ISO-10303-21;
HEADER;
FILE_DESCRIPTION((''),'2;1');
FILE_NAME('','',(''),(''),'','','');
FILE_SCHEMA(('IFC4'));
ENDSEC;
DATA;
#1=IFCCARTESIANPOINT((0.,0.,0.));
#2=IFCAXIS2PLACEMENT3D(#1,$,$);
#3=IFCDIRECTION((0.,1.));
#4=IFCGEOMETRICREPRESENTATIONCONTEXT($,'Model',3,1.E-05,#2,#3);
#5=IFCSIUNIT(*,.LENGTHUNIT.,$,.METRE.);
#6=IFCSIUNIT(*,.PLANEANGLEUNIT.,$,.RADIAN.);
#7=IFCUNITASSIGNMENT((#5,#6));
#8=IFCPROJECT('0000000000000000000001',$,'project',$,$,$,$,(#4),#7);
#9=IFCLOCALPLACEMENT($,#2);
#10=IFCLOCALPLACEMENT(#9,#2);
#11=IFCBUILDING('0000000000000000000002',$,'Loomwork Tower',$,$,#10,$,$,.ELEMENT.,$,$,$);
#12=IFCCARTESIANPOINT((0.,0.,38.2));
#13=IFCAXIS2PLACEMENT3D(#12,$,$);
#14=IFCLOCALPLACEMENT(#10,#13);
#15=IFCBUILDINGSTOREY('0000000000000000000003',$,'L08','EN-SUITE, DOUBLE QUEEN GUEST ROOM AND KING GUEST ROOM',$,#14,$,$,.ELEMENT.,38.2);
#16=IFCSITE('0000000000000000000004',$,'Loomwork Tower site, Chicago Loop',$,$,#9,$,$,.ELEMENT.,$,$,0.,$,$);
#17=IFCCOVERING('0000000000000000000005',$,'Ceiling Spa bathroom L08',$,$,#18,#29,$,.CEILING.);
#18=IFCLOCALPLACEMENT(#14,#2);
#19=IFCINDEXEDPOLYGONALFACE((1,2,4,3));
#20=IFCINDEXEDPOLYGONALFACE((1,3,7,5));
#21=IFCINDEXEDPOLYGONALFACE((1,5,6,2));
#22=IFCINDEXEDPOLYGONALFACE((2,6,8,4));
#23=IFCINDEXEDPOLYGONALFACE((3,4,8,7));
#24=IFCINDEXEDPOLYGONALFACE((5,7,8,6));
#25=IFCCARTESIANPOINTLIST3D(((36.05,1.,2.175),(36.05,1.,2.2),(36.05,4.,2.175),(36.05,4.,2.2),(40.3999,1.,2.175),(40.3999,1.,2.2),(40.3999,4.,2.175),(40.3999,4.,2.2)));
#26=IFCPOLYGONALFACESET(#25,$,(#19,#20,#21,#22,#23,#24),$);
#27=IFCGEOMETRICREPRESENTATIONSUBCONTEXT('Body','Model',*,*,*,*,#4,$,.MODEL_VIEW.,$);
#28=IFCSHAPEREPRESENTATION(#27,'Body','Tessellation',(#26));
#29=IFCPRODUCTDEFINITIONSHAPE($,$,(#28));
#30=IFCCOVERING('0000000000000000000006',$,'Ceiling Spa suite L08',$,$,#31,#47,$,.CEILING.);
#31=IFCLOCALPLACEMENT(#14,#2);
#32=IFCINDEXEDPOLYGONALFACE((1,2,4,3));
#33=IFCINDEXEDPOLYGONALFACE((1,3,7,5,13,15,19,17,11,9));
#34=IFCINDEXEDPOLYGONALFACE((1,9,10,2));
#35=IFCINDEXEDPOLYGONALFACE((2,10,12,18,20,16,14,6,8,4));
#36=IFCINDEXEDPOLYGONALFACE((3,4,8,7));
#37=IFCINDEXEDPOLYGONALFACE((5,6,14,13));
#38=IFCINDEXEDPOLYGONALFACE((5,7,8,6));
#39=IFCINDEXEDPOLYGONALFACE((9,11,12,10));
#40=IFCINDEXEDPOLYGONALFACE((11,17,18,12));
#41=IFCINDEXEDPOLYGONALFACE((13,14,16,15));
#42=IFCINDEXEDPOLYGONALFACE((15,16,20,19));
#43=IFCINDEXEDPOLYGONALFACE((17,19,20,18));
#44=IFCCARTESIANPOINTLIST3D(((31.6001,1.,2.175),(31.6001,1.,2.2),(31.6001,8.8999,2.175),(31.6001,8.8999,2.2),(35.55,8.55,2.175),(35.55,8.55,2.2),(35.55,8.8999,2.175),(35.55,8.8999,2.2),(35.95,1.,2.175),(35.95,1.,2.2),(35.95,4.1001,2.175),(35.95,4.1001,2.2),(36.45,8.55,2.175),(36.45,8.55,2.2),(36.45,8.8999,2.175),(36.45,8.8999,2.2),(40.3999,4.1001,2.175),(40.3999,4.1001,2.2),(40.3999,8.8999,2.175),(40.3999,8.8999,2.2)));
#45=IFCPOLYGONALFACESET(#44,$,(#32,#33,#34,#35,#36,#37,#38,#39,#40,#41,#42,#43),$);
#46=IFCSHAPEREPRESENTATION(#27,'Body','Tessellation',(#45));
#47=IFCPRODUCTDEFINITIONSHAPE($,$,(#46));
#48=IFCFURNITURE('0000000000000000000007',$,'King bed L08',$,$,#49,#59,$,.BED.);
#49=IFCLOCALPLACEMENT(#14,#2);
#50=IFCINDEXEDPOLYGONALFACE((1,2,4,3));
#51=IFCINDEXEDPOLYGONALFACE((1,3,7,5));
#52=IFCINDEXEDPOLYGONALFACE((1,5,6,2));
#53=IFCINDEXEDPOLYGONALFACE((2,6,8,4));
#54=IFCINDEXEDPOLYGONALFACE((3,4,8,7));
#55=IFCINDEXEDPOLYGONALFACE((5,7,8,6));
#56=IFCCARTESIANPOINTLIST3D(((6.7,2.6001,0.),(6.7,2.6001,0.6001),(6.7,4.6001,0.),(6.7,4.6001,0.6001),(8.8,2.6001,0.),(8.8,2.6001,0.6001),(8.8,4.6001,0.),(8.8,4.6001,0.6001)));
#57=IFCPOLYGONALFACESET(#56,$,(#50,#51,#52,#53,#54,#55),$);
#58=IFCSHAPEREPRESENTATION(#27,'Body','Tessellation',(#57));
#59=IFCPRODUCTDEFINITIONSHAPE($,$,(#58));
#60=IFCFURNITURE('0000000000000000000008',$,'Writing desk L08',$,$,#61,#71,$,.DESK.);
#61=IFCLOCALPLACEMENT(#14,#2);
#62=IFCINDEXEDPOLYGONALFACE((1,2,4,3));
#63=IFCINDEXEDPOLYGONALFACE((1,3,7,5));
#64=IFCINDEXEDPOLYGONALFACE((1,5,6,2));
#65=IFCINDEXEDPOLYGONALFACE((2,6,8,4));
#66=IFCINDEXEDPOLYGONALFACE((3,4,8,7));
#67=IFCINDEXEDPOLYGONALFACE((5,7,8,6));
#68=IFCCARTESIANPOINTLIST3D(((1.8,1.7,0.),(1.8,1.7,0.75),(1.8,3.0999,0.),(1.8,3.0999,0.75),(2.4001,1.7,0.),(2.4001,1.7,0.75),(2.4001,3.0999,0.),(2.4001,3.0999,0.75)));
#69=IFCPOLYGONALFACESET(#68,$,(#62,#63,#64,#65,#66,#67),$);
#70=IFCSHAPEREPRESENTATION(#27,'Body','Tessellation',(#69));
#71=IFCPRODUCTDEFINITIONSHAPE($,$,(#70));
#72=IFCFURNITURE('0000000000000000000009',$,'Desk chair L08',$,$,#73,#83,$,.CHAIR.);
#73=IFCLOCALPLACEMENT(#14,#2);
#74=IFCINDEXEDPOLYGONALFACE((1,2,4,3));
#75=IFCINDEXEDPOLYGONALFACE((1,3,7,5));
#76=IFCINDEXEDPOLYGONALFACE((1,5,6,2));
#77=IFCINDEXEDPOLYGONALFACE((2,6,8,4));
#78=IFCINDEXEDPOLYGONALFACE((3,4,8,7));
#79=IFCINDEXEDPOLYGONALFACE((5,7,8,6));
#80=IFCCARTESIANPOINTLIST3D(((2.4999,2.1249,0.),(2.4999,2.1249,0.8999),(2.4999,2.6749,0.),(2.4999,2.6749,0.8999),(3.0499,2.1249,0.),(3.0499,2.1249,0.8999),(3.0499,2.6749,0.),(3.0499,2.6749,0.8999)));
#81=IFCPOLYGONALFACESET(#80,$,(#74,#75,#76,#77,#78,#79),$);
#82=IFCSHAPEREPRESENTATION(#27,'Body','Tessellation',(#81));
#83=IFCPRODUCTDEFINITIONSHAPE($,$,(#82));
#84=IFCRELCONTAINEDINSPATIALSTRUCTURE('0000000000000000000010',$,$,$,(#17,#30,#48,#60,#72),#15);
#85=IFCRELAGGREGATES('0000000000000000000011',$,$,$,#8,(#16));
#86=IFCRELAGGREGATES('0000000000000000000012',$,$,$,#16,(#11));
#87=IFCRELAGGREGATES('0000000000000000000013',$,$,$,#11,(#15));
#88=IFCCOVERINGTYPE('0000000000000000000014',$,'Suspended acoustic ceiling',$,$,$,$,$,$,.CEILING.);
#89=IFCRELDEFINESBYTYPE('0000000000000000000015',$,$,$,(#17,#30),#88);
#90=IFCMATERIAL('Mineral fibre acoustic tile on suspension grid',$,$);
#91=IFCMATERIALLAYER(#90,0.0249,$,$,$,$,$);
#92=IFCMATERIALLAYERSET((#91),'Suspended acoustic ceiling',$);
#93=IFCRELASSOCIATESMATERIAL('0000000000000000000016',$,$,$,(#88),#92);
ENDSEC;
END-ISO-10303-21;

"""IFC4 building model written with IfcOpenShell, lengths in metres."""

from ifc_helpers import new_model, si_unit, direction, frame, origin, origin_2d, place, context, subcontext, project, spatial, polyline, rectangle, outline, extrude, material, layer, layer_set, type_object, element, save


model = new_model("IFC4")

# Units and contexts
model_context = context("Model", 3, precision=1e-05, world=origin(), true_north=direction((0.0, 1.0)))
body_context = subcontext(model_context, "Body", "Model", "MODEL_VIEW")
ifc_project = project(units=[si_unit("LENGTHUNIT", "METRE"), si_unit("PLANEANGLEUNIT", "RADIAN")], contexts=[model_context])

# Site, building, storey
site_placement = place(None, origin())
site = spatial("IfcSite", under=ifc_project, at=site_placement, Name="Loomwork Tower site, Chicago Loop", CompositionType="ELEMENT", RefElevation=0.0)
building_placement = place(site_placement, origin())
building = spatial("IfcBuilding", under=site, at=building_placement, Name="Loomwork Tower", CompositionType="ELEMENT")
storey_placement = place(building_placement, frame((0.0, 0.0, 38.2)))
storey = spatial("IfcBuildingStorey", under=building, at=storey_placement, Name="L08", Description="EN-SUITE, DOUBLE QUEEN GUEST ROOM AND KING GUEST ROOM", CompositionType="ELEMENT", Elevation=38.2)

# Coverings
ifc_material_1 = material(Name="Mineral fibre acoustic tile on suspension grid")
ifc_layer_1 = layer(ifc_material_1, 0.0249)
ifc_layer_set_1 = layer_set([ifc_layer_1], Name="Suspended acoustic ceiling")
covering_type_1 = type_object("IfcCoveringType", Name="Suspended acoustic ceiling", PredefinedType="CEILING", material=ifc_layer_set_1)
covering_1_placement = place(storey_placement, frame((0.0, 0.0, 2.175)))
element("IfcCovering", 1, at=covering_1_placement, inside=storey, type_object=covering_type_1, Name="Ceiling Spa bathroom L08", PredefinedType="CEILING", context=body_context, shape_type="SweptSolid", body=[
    extrude(outline(polyline([(40.3999, 4.0), (40.3999, 1.0), (36.05, 1.0), (36.05, 4.0), (40.3999, 4.0)])), origin(), (0.0, 0.0, 1.0), 0.0249),
])
covering_2_placement = place(storey_placement, frame((0.0, 0.0, 2.175)))
element("IfcCovering", 2, at=covering_2_placement, inside=storey, type_object=covering_type_1, Name="Ceiling Spa suite L08", PredefinedType="CEILING", context=body_context, shape_type="SweptSolid", body=[
    extrude(outline(polyline([(35.55, 8.8999), (35.55, 8.55), (36.45, 8.55), (36.45, 8.8999), (40.3999, 8.8999), (40.3999, 4.1001), (35.95, 4.1001), (35.95, 1.0), (31.6001, 1.0), (31.6001, 8.8999), (35.55, 8.8999)])), origin(), (0.0, 0.0, 1.0), 0.0249),
])

# Furniture
furniture_1_placement = place(storey_placement, frame((7.75, 3.6001, 0.0), z_axis=(0.0, 0.0, 1.0), x_axis=(1.0, 0.0, 0.0)))
element("IfcFurniture", 3, at=furniture_1_placement, inside=storey, Name="King bed L08", PredefinedType="BED", context=body_context, shape_type="SweptSolid", body=[
    extrude(rectangle(XDim=2.1001, YDim=2.0, at=origin_2d()), origin(), (0.0, 0.0, 1.0), 0.6001),
])
furniture_2_placement = place(storey_placement, frame((2.1001, 2.3999, 0.0), z_axis=(0.0, 0.0, 1.0), x_axis=(1.0, 0.0, 0.0)))
element("IfcFurniture", 4, at=furniture_2_placement, inside=storey, Name="Writing desk L08", PredefinedType="DESK", context=body_context, shape_type="SweptSolid", body=[
    extrude(rectangle(XDim=0.6001, YDim=1.3999, at=origin_2d()), origin(), (0.0, 0.0, 1.0), 0.75),
])
furniture_3_placement = place(storey_placement, frame((2.7749, 2.3999, 0.0), z_axis=(0.0, 0.0, 1.0), x_axis=(1.0, 0.0, 0.0)))
element("IfcFurniture", 5, at=furniture_3_placement, inside=storey, Name="Desk chair L08", PredefinedType="CHAIR", context=body_context, shape_type="SweptSolid", body=[
    extrude(rectangle(XDim=0.55, YDim=0.55, at=origin_2d()), origin(), (0.0, 0.0, 1.0), 0.8999),
])

save(model, "model.ifc")
